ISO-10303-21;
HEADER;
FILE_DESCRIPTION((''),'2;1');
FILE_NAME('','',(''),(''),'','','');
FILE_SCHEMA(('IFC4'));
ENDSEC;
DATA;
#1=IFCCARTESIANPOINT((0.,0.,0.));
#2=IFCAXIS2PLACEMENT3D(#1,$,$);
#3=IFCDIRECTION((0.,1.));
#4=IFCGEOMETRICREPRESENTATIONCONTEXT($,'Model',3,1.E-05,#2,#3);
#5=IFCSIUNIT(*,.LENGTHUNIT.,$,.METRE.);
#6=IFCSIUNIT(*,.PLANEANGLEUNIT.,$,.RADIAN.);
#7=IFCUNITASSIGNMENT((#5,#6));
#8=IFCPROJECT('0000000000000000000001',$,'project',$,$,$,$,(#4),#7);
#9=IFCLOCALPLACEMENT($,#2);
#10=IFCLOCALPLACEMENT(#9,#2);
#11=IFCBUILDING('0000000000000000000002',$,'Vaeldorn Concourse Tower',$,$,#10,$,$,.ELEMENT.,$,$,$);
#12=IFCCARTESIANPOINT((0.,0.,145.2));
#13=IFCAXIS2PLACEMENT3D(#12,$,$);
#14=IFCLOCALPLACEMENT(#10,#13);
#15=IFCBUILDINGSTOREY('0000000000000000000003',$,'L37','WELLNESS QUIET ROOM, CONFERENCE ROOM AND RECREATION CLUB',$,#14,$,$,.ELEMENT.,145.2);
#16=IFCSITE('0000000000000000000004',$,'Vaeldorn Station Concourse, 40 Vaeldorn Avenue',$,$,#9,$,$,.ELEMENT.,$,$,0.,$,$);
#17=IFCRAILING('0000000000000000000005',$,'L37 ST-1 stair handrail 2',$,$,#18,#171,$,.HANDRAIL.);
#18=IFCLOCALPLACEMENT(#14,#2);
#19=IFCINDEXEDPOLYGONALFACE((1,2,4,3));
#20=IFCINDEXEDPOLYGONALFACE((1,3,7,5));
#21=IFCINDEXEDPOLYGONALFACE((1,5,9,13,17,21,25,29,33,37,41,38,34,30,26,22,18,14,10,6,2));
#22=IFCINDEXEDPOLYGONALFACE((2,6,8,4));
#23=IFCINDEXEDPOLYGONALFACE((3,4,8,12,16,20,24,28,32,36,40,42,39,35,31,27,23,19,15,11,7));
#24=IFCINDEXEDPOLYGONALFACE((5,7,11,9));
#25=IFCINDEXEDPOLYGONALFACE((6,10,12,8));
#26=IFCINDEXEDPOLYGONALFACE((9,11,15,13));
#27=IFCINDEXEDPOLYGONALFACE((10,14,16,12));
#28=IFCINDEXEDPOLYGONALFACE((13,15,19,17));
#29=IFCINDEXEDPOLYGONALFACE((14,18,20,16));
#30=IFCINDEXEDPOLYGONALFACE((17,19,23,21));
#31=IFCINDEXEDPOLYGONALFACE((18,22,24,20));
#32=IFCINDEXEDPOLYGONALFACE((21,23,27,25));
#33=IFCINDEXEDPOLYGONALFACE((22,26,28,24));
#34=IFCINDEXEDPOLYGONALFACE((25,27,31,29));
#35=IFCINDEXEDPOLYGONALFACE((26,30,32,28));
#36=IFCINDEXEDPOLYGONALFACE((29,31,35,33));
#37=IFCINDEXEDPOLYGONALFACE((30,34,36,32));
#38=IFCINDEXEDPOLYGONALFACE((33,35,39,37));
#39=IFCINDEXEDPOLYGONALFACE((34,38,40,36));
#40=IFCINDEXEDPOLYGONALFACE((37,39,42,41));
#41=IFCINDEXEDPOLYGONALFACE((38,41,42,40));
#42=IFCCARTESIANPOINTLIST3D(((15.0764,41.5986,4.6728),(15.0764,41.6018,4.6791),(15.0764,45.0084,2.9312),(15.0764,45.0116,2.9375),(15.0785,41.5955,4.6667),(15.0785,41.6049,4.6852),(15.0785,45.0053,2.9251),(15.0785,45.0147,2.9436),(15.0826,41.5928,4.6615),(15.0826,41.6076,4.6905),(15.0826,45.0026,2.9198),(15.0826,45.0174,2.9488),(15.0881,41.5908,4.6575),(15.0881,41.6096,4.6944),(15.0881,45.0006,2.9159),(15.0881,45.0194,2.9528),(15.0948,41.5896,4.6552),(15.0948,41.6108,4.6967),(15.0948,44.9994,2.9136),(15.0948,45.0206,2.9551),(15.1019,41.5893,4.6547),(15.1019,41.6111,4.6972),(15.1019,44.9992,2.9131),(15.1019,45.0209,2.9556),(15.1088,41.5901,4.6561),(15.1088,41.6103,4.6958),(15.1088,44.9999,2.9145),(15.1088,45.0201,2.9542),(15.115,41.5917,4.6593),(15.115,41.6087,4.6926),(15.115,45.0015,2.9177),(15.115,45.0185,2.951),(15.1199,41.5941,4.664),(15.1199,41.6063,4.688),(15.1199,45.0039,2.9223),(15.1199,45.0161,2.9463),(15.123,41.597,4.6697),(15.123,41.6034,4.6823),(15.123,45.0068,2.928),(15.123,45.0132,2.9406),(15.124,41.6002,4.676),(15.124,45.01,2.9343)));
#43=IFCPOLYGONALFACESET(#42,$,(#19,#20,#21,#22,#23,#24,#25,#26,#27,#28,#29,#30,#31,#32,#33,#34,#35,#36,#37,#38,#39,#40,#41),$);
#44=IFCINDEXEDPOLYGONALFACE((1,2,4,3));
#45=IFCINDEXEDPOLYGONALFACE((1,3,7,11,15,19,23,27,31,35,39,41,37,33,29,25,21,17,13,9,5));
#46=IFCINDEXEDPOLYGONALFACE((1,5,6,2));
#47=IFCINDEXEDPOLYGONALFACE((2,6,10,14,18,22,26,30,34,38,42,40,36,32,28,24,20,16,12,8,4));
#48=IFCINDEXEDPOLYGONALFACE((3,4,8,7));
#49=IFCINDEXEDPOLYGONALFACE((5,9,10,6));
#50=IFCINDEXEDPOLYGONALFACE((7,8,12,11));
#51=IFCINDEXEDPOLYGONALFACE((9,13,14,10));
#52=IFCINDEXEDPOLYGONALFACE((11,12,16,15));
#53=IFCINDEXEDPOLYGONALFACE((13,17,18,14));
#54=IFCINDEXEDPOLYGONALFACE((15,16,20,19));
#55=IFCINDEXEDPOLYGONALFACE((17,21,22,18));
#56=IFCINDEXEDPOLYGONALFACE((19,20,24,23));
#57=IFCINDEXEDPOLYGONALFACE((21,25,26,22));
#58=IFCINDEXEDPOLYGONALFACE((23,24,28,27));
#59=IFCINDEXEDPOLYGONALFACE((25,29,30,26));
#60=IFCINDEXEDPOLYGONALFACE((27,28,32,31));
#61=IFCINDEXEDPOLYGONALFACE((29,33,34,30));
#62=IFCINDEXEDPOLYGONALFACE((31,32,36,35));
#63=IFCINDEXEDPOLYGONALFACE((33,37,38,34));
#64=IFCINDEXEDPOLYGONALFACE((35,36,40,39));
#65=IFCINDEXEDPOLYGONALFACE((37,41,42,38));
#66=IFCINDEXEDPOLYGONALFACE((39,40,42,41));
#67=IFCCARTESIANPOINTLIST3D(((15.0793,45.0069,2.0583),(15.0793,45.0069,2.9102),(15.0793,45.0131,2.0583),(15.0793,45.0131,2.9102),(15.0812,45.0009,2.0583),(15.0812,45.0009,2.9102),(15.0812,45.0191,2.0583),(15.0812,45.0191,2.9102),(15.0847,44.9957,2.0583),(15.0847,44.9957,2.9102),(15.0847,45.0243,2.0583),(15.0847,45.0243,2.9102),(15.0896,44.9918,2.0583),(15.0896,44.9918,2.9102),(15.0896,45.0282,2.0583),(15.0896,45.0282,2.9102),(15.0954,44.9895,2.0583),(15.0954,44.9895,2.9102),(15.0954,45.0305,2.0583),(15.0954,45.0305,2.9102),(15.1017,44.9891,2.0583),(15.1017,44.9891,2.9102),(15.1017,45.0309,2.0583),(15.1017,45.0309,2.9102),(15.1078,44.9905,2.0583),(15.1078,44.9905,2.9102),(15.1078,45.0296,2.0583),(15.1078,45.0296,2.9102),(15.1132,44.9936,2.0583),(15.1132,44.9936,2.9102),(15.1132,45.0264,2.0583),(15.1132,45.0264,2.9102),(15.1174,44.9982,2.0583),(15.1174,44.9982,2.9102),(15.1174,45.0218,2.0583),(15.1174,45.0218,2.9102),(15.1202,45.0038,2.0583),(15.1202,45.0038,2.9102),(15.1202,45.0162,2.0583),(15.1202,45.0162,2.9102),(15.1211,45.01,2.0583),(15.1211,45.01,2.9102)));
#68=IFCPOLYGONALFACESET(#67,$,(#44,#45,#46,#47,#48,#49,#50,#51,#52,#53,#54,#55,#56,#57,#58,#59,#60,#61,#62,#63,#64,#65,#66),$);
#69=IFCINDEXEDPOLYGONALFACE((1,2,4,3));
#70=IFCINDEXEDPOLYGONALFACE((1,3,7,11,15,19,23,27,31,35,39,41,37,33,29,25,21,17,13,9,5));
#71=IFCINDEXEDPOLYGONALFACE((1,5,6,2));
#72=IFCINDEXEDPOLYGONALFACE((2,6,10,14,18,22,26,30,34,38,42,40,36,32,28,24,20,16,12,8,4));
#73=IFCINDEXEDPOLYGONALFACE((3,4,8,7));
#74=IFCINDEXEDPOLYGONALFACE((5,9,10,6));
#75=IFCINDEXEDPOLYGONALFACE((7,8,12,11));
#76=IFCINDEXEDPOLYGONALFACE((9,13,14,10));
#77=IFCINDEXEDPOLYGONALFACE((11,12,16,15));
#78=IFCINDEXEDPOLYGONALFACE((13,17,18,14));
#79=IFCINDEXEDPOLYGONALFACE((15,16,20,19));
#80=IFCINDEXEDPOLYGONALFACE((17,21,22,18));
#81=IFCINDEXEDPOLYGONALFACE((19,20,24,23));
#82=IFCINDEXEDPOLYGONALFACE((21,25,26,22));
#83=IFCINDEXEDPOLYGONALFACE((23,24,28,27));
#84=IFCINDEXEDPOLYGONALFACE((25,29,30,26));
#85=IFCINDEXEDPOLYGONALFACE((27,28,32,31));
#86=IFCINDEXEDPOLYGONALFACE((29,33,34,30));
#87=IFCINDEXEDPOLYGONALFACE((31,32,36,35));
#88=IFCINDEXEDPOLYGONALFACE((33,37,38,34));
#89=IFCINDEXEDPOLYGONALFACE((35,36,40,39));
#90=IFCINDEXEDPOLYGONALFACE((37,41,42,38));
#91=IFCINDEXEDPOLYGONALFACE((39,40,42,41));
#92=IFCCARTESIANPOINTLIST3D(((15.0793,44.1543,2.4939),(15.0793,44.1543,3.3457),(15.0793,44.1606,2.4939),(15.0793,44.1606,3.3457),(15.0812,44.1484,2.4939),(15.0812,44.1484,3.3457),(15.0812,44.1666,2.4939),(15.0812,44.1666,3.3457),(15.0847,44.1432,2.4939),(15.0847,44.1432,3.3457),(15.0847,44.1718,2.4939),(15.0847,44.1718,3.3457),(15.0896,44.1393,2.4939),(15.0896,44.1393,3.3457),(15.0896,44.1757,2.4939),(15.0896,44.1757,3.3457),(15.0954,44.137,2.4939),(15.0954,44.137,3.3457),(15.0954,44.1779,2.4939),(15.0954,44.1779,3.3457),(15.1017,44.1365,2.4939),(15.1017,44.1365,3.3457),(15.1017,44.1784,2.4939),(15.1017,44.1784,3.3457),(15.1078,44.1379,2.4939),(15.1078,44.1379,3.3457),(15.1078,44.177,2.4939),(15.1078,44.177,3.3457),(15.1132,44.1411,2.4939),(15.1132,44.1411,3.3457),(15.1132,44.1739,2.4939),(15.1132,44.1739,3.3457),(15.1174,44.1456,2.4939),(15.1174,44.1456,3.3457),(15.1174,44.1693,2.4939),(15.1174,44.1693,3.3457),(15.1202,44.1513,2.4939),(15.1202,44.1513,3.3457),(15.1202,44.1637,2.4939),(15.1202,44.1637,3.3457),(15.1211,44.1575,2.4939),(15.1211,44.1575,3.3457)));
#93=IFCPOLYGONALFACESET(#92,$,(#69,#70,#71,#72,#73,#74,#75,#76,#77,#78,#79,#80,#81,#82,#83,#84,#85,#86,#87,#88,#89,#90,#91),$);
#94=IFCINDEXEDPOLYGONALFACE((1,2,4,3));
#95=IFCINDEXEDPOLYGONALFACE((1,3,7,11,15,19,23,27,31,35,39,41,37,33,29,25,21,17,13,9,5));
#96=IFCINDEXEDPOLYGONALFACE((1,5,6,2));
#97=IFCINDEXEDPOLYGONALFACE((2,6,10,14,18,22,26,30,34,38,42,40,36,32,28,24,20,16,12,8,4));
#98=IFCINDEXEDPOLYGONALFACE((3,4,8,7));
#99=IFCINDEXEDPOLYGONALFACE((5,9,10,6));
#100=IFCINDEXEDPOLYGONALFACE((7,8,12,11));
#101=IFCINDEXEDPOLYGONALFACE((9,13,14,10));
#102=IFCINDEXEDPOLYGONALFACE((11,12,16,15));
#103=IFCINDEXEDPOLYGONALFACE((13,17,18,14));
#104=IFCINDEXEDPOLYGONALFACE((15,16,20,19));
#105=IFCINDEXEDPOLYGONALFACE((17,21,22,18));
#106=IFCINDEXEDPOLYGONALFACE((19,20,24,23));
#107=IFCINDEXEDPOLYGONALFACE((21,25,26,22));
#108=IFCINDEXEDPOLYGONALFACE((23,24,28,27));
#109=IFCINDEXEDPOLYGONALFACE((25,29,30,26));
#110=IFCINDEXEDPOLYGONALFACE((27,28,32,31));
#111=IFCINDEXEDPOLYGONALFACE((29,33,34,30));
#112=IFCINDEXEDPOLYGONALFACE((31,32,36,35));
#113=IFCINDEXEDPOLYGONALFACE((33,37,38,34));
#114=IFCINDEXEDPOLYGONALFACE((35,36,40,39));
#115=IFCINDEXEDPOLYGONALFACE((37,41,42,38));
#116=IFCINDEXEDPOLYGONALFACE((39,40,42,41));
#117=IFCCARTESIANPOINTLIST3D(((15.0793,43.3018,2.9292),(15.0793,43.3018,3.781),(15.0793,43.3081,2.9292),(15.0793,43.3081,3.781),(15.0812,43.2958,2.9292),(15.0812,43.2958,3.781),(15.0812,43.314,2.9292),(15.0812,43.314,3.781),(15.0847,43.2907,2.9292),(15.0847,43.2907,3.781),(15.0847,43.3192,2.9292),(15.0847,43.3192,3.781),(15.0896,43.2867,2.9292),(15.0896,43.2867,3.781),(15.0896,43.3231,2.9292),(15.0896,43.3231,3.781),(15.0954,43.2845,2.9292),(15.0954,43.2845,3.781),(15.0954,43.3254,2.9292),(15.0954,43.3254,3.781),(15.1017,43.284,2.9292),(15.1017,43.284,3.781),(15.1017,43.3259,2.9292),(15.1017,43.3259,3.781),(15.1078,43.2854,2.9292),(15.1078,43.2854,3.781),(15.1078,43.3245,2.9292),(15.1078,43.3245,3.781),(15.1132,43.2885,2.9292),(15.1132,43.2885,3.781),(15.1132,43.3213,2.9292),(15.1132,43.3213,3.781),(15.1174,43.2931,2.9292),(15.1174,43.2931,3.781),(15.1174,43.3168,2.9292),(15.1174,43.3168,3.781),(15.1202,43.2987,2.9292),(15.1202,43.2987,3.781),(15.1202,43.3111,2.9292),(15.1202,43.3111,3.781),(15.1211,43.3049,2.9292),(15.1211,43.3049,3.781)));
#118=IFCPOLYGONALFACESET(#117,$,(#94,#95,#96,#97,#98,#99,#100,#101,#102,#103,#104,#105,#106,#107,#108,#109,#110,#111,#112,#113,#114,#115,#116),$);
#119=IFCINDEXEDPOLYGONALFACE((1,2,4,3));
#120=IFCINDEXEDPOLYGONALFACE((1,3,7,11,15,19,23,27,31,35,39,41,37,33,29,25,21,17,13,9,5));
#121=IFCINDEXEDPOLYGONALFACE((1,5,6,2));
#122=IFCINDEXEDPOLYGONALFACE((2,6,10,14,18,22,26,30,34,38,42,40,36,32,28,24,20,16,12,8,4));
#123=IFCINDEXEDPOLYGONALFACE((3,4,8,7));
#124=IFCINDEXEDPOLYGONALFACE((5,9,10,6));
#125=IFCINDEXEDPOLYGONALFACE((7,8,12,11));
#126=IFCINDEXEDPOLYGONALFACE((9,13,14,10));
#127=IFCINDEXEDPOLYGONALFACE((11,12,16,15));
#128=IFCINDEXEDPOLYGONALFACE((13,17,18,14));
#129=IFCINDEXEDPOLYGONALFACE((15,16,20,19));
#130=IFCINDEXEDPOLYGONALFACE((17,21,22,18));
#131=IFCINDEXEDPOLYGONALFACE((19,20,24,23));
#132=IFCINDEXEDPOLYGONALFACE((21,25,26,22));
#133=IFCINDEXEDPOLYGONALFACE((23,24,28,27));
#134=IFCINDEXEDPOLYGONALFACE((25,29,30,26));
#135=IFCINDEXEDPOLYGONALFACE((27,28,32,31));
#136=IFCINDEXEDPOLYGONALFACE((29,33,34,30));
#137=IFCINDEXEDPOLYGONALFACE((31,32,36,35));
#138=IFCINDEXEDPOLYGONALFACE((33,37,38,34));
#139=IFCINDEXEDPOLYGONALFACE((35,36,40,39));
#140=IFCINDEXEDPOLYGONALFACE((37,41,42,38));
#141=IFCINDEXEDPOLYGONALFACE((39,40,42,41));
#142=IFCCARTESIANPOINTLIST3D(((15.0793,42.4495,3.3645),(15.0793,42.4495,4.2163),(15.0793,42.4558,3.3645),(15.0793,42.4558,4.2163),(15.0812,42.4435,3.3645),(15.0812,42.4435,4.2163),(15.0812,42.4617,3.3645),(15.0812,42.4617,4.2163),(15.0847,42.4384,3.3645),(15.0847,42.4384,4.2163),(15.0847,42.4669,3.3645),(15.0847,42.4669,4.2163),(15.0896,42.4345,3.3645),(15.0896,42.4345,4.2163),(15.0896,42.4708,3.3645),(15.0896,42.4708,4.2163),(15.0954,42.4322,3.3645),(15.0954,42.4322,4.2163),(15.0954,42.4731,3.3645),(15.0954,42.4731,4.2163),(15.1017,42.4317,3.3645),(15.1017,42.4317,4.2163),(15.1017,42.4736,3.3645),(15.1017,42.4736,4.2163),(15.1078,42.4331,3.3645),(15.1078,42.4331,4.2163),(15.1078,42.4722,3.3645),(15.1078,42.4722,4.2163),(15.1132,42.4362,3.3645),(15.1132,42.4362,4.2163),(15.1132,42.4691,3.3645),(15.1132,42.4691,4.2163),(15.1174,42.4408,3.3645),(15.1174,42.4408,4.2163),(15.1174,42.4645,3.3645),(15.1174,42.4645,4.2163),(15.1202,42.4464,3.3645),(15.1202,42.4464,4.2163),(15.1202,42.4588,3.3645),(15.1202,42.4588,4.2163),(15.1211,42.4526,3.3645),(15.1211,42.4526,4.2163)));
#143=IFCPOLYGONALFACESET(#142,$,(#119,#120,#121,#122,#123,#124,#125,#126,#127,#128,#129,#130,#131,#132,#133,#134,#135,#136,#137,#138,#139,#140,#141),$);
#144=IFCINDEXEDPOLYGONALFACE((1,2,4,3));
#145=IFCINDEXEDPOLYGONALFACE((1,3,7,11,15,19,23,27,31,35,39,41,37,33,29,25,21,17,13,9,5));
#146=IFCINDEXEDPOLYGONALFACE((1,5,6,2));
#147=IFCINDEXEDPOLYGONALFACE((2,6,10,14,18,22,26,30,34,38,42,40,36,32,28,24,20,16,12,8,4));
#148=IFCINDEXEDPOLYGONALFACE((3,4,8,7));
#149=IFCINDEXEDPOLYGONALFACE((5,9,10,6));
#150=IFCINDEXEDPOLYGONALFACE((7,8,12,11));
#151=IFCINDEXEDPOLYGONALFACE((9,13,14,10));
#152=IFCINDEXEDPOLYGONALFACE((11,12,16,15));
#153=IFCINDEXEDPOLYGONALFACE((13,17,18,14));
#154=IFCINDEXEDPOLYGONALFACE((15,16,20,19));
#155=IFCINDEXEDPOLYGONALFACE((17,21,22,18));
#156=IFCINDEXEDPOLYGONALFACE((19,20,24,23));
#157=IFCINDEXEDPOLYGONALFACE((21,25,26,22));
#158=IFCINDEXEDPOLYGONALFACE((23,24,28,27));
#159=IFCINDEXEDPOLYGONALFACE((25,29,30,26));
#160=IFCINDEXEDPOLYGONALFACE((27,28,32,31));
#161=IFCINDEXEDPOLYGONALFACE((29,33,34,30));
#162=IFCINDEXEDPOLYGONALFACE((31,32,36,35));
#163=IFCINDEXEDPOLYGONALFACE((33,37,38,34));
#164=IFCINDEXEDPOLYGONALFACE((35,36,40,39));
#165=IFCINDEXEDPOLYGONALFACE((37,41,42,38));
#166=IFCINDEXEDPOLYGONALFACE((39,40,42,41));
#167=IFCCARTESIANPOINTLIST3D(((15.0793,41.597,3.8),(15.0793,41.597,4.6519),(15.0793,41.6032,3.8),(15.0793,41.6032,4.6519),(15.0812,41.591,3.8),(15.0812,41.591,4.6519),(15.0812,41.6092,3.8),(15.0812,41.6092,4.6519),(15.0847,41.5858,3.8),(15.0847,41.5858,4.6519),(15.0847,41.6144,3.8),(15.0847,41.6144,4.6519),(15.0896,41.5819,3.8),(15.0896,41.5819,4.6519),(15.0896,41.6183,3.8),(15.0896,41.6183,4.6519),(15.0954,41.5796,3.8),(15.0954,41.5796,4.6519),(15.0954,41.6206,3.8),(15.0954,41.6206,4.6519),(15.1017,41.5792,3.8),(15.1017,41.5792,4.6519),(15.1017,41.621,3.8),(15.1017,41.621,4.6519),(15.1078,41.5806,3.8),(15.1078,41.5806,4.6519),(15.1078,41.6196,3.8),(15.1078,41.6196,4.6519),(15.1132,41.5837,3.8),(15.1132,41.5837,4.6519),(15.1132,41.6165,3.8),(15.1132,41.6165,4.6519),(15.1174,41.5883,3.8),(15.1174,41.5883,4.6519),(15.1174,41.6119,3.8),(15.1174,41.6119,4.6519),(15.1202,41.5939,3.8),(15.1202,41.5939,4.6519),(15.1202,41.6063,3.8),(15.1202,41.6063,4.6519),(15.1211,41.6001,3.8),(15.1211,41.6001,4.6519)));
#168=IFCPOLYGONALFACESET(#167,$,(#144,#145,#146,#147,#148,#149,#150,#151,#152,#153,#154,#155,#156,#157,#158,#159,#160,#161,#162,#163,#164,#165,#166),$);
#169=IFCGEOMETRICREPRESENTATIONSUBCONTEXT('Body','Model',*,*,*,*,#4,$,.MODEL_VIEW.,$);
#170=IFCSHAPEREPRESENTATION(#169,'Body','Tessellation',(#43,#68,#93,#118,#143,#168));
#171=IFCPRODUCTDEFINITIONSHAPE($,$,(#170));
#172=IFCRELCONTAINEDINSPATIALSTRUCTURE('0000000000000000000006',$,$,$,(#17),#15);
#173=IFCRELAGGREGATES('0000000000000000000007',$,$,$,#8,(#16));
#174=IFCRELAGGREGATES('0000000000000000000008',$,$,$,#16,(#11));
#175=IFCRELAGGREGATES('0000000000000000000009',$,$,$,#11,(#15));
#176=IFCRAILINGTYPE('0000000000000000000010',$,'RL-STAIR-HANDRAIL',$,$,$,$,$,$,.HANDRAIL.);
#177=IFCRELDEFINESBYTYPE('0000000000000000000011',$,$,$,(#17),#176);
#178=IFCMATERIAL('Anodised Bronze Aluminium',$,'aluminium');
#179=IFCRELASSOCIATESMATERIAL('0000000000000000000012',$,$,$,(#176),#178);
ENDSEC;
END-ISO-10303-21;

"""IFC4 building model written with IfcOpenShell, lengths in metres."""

from ifc_helpers import new_model, si_unit, direction, frame, origin, origin_2d, place, context, subcontext, project, spatial, circle, extrude, material, type_object, element, save


model = new_model("IFC4")

# Units and contexts
model_context = context("Model", 3, precision=1e-05, world=origin(), true_north=direction((0.0, 1.0)))
body_context = subcontext(model_context, "Body", "Model", "MODEL_VIEW")
ifc_project = project(units=[si_unit("LENGTHUNIT", "METRE"), si_unit("PLANEANGLEUNIT", "RADIAN")], contexts=[model_context])

# Site, building, storey
site_placement = place(None, origin())
site = spatial("IfcSite", under=ifc_project, at=site_placement, Name="Vaeldorn Station Concourse, 40 Vaeldorn Avenue", CompositionType="ELEMENT", RefElevation=0.0)
building_placement = place(site_placement, origin())
building = spatial("IfcBuilding", under=site, at=building_placement, Name="Vaeldorn Concourse Tower", CompositionType="ELEMENT")
storey_placement = place(building_placement, frame((0.0, 0.0, 145.2)))
storey = spatial("IfcBuildingStorey", under=building, at=storey_placement, Name="L37", Description="WELLNESS QUIET ROOM, CONFERENCE ROOM AND RECREATION CLUB", CompositionType="ELEMENT", Elevation=145.2)

# Shared definitions
ifc_material_1 = material(Name="Anodised Bronze Aluminium", Category="aluminium")

# Railing
railing_type_1 = type_object("IfcRailingType", Name="RL-STAIR-HANDRAIL", PredefinedType="HANDRAIL", material=ifc_material_1)
railing_1_placement = place(storey_placement, frame((15.1001, 45.01, 2.0583)))
element("IfcRailing", 1, at=railing_1_placement, inside=storey, type_object=railing_type_1, Name="L37 ST-1 stair handrail 2", PredefinedType="HANDRAIL", context=body_context, shape_type="SweptSolid", body=[
    extrude(circle(Radius=0.0239, at=origin_2d()), frame((0.0, 0.0, 0.876), z_axis=(0.0, -0.890556, 0.454874), x_axis=(1.0, 0.0, 0.0)), (0.0, 0.0, 1.0), 3.8289),
    extrude(circle(Radius=0.021, at=origin_2d()), origin(), (0.0, 0.0, 1.0), 0.8518),
    extrude(circle(Radius=0.021, at=origin_2d()), frame((0.0, -0.8525, 0.4355)), (0.0, 0.0, 1.0), 0.8518),
    extrude(circle(Radius=0.021, at=origin_2d()), frame((0.0, -1.7051, 0.8708)), (0.0, 0.0, 1.0), 0.8518),
    extrude(circle(Radius=0.021, at=origin_2d()), frame((0.0, -2.5574, 1.3062)), (0.0, 0.0, 1.0), 0.8518),
    extrude(circle(Radius=0.021, at=origin_2d()), frame((0.0, -3.4099, 1.7417)), (0.0, 0.0, 1.0), 0.8518),
])

save(model, "model.ifc")
